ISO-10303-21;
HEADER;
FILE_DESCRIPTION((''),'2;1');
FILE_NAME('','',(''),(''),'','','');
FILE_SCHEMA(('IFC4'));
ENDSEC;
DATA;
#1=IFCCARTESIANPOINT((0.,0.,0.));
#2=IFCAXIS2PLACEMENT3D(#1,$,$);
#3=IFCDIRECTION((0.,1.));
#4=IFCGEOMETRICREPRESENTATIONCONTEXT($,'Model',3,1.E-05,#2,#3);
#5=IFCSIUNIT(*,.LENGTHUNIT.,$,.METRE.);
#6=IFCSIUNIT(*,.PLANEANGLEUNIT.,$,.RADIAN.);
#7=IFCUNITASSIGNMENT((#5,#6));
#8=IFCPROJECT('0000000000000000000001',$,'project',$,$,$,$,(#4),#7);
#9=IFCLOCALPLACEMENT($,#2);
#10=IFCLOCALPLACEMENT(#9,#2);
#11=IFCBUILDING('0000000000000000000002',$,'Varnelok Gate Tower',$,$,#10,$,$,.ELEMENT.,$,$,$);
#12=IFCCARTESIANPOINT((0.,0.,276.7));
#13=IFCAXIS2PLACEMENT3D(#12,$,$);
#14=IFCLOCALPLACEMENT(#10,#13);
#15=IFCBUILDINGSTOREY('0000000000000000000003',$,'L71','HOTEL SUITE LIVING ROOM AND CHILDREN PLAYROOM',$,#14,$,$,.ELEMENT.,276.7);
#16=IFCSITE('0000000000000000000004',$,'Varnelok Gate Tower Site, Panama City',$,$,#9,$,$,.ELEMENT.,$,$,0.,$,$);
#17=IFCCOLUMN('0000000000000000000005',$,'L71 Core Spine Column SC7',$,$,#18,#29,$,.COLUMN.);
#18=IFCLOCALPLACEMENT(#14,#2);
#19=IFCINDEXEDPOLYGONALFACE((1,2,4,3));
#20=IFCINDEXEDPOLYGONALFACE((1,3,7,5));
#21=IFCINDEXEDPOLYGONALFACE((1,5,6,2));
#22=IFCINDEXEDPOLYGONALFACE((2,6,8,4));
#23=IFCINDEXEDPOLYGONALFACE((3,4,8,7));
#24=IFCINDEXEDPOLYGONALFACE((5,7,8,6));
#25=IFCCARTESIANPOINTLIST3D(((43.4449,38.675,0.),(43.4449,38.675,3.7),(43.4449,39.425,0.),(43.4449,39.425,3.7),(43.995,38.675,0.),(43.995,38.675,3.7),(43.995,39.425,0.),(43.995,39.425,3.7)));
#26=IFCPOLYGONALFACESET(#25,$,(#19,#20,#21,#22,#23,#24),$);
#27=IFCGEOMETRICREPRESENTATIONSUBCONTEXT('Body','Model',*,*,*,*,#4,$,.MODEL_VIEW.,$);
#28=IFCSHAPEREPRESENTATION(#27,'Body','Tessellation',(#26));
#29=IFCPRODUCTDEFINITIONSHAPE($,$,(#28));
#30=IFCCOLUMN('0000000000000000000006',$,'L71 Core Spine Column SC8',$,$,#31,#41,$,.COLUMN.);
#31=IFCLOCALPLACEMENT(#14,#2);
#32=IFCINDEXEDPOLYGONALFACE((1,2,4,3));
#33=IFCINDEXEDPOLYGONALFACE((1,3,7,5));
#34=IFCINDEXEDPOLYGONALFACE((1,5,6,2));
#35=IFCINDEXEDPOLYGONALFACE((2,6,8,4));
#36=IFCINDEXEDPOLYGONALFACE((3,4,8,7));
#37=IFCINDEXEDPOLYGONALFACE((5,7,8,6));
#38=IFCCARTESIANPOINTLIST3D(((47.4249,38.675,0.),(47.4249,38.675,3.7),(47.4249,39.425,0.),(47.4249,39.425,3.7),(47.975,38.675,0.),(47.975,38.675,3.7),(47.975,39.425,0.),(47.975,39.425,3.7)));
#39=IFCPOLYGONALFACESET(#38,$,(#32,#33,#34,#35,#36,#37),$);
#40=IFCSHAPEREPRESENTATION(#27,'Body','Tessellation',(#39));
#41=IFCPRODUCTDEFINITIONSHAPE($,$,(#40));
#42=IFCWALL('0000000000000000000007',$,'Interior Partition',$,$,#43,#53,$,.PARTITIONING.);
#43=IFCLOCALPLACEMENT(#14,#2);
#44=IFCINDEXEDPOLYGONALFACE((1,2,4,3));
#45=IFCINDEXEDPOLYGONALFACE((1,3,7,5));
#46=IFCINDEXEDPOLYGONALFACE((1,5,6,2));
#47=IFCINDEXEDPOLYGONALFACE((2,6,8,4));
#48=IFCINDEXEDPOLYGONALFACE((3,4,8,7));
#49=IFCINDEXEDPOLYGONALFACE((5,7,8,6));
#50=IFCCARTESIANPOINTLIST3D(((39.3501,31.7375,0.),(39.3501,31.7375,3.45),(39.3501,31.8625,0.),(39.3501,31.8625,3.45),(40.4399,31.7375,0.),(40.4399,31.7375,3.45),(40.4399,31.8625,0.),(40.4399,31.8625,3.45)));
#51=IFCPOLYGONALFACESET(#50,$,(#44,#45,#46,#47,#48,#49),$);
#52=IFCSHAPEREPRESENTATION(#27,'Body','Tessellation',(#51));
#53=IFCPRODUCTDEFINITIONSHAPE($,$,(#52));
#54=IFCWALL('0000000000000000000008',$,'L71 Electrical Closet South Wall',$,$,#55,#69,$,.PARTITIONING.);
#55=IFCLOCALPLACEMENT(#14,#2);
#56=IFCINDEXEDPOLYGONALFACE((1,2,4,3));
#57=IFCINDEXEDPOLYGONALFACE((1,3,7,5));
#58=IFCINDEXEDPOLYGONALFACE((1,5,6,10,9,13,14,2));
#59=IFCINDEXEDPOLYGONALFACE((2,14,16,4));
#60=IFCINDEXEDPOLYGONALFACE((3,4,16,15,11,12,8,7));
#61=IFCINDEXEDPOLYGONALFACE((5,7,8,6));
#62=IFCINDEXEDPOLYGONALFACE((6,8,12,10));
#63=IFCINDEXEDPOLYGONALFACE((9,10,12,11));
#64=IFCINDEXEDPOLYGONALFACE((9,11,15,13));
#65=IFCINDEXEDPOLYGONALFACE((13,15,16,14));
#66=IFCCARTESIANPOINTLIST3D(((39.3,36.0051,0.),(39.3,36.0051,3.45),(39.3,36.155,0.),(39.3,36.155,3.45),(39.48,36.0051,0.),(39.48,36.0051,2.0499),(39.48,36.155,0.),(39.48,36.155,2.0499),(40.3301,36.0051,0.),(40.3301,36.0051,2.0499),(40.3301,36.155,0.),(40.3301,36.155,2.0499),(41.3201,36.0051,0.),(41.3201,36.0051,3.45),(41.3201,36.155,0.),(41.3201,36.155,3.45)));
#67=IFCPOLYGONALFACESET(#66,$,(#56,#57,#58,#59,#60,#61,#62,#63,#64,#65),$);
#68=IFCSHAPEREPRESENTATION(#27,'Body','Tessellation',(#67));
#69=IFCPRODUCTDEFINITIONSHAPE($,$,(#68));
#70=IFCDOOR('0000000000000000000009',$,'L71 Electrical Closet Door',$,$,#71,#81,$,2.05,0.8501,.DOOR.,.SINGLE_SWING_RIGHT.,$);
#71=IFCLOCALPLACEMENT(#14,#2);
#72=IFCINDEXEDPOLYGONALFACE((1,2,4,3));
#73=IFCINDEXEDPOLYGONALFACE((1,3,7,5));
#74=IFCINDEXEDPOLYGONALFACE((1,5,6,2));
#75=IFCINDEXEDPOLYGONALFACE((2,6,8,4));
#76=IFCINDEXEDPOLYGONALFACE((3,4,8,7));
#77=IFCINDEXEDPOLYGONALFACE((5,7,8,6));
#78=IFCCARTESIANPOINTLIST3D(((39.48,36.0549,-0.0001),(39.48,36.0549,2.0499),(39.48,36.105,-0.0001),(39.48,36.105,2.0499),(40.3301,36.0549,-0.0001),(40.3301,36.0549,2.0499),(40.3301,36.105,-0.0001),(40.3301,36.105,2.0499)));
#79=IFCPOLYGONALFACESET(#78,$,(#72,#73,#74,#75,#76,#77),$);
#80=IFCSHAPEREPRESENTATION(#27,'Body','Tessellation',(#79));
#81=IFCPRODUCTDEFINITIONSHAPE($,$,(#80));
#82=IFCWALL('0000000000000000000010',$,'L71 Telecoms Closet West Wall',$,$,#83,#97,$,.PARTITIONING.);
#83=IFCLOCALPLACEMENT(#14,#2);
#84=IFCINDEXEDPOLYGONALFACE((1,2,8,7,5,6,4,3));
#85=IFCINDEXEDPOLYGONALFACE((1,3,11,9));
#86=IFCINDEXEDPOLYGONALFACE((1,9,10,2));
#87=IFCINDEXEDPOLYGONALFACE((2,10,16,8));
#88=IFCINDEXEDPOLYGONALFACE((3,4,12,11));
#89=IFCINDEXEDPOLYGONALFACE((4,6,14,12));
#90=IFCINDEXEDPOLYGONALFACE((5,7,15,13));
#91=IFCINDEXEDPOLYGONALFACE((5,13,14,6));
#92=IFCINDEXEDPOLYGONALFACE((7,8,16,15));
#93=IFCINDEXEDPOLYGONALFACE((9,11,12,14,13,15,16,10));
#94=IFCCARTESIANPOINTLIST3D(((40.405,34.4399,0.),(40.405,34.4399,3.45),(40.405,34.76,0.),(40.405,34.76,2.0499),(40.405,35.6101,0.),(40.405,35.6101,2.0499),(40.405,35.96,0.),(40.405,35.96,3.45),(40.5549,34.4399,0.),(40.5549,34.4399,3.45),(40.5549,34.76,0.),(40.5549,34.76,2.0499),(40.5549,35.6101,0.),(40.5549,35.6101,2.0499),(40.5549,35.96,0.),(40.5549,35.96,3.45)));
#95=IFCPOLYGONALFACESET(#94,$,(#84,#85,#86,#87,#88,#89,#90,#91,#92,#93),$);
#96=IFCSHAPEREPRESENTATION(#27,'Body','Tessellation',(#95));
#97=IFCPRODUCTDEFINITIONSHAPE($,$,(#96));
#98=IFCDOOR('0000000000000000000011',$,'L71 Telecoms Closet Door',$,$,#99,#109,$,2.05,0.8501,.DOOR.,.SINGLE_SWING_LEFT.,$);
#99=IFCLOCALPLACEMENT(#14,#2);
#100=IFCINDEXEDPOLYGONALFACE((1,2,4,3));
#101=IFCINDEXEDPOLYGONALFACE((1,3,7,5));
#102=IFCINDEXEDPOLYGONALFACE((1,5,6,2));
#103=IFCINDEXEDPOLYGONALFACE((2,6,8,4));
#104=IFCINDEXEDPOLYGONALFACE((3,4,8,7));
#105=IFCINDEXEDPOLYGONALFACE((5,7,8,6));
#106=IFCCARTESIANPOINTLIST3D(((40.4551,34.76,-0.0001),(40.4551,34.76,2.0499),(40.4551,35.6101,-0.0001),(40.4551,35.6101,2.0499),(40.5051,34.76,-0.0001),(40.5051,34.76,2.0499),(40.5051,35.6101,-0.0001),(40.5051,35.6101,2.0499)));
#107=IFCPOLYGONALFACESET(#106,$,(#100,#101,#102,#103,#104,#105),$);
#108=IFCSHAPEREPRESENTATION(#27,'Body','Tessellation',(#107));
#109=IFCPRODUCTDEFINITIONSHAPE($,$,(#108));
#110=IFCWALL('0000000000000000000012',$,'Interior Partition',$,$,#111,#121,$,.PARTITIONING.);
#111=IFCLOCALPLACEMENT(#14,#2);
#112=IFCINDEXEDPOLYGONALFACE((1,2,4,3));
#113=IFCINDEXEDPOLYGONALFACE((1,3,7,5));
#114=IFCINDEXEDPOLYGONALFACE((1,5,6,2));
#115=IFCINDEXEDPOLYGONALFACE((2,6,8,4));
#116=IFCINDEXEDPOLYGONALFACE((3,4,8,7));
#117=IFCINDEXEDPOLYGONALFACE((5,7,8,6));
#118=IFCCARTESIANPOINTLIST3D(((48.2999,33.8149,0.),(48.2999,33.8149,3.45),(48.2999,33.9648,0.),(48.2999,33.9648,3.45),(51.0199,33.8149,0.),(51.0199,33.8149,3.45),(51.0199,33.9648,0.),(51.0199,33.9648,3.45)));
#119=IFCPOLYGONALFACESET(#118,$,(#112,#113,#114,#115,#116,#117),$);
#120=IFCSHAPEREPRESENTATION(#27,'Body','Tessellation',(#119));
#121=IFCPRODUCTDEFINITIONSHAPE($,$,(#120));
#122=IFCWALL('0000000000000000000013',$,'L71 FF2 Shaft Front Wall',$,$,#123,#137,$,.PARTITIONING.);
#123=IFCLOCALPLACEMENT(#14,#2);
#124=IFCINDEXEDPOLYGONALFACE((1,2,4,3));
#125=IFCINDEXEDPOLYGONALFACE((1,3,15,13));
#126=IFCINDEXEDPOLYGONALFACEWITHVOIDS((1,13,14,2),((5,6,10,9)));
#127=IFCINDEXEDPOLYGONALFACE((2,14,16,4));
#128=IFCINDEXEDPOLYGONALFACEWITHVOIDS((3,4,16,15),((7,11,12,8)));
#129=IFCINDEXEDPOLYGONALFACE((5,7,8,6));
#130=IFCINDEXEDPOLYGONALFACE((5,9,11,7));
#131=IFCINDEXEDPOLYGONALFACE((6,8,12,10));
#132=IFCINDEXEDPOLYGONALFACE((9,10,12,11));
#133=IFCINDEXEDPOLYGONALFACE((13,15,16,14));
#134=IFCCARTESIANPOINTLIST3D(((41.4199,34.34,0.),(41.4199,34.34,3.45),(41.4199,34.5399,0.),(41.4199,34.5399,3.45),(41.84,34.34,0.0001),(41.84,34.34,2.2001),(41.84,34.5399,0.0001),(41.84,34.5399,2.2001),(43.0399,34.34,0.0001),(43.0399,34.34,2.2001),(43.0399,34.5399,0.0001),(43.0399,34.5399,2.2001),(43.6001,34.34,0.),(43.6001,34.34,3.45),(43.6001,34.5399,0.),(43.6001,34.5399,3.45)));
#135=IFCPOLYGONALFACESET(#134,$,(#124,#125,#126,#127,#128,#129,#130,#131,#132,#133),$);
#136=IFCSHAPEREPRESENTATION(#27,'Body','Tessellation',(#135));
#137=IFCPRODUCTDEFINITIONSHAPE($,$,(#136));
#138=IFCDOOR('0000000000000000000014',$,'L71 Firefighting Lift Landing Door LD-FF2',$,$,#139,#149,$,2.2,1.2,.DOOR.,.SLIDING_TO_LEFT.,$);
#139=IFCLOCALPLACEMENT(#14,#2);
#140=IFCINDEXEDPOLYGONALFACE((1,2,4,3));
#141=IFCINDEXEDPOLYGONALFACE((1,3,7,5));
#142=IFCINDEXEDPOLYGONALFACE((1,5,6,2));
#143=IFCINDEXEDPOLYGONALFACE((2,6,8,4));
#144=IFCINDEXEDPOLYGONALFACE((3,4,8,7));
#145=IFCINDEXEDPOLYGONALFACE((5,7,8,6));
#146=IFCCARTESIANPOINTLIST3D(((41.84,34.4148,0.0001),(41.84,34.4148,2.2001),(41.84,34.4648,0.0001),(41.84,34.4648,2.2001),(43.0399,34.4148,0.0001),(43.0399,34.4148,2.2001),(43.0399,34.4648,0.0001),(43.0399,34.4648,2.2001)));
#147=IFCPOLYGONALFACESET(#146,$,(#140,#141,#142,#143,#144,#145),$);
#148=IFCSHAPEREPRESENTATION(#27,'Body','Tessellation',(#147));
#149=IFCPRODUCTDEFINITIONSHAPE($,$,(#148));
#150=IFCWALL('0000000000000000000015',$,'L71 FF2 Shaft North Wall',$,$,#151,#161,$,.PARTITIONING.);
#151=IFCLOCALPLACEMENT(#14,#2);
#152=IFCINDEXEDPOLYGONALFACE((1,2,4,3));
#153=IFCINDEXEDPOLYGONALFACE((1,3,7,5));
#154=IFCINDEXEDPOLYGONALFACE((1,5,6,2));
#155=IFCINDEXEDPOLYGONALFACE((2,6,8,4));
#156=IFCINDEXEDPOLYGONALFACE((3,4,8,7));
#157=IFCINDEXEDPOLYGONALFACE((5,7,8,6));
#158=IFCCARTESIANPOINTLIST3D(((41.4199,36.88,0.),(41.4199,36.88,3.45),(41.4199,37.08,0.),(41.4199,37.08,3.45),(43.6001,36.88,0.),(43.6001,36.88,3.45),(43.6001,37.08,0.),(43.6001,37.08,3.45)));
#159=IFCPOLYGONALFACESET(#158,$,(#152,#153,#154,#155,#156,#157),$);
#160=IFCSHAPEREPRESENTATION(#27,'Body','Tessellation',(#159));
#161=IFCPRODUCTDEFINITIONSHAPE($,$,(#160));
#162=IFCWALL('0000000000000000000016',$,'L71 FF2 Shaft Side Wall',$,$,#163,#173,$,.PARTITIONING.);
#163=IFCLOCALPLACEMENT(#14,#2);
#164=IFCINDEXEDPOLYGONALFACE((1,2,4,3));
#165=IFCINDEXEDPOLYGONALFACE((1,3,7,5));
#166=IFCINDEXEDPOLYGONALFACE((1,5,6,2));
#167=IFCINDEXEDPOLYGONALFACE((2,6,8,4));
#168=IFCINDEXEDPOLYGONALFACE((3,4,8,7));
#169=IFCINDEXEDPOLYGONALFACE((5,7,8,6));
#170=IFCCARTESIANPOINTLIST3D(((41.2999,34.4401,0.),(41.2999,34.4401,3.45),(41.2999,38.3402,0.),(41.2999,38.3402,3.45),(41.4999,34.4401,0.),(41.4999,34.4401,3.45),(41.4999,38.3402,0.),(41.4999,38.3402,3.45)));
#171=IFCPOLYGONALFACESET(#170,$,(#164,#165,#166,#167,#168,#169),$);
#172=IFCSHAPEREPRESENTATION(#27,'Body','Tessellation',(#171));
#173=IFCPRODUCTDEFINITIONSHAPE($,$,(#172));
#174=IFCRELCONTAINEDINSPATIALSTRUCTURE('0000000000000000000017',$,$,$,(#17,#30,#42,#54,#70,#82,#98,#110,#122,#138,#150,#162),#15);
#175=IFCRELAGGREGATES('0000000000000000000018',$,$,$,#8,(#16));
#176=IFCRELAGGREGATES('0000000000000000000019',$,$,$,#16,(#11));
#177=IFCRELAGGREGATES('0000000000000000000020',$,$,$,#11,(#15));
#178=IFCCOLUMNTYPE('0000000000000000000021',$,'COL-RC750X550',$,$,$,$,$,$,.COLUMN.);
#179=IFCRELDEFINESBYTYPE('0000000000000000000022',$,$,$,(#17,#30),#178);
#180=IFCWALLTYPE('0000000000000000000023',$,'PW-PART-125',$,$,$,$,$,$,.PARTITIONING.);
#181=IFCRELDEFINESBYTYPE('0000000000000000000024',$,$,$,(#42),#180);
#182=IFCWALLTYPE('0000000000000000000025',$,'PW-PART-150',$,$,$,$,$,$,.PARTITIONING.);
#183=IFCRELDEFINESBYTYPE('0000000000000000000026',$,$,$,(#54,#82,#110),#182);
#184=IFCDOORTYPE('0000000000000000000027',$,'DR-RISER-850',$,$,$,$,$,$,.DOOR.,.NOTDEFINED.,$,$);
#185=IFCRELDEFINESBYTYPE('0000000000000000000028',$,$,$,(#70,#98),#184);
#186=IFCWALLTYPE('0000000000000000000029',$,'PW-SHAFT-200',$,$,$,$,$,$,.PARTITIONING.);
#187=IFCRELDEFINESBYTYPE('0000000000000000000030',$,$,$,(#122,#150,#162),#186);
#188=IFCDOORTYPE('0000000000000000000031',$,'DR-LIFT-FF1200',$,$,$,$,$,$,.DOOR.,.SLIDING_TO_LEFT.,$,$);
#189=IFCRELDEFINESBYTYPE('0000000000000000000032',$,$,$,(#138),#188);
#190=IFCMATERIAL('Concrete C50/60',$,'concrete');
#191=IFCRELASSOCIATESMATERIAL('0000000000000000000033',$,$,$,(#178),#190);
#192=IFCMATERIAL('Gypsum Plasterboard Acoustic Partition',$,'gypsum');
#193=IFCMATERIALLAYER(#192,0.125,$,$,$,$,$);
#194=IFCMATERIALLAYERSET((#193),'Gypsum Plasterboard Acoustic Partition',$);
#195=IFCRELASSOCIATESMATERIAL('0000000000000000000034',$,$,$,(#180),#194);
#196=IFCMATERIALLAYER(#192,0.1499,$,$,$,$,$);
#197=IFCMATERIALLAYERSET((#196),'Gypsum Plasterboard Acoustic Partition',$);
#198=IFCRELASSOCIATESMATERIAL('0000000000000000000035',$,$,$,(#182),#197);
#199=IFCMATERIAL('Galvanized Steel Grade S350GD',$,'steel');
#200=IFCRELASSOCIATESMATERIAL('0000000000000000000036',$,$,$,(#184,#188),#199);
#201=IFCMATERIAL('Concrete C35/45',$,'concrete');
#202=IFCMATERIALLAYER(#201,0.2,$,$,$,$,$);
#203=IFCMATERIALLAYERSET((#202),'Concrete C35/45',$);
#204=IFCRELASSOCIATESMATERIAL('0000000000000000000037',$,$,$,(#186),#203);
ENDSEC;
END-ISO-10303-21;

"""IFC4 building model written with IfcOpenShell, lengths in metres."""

from ifc_helpers import new_model, si_unit, direction, frame, frame_2d, origin, origin_2d, place, context, subcontext, project, spatial, rectangle, extrude, material, layer, layer_set, material_profile, profile_set, type_object, element, fill, save


model = new_model("IFC4")

# Units and contexts
model_context = context("Model", 3, precision=1e-05, world=origin(), true_north=direction((0.0, 1.0)))
body_context = subcontext(model_context, "Body", "Model", "MODEL_VIEW")
ifc_project = project(units=[si_unit("LENGTHUNIT", "METRE"), si_unit("PLANEANGLEUNIT", "RADIAN")], contexts=[model_context])

# Site, building, storey
site_placement = place(None, origin())
site = spatial("IfcSite", under=ifc_project, at=site_placement, Name="Varnelok Gate Tower Site, Panama City", CompositionType="ELEMENT", RefElevation=0.0)
building_placement = place(site_placement, origin())
building = spatial("IfcBuilding", under=site, at=building_placement, Name="Varnelok Gate Tower", CompositionType="ELEMENT")
storey_placement = place(building_placement, frame((0.0, 0.0, 276.7)))
storey = spatial("IfcBuildingStorey", under=building, at=storey_placement, Name="L71", Description="HOTEL SUITE LIVING ROOM AND CHILDREN PLAYROOM", CompositionType="ELEMENT", Elevation=276.7)

# Columns
ifc_material_1 = material(Name="Concrete C50/60", Category="concrete")
ifc_material_profile = material_profile(ifc_material_1, rectangle(XDim=0.55, YDim=0.75, at=origin_2d()), Name="RC750X550")
ifc_profile_set = profile_set([ifc_material_profile], Name="Concrete C50/60")
column_type = type_object("IfcColumnType", Name="COL-RC750X550", PredefinedType="COLUMN", material=ifc_profile_set)
for number, where, z_axis, x_axis, name in (
    (1, (43.72, 39.05, 0.0), (0.0, 0.0, 1.0), (1.0, 0.0, 0.0), "L71 Core Spine Column SC7"),
    (2, (47.7, 39.05, 0.0), (0.0, 0.0, 1.0), (1.0, 0.0, 0.0), "L71 Core Spine Column SC8"),
):
    element("IfcColumn", number, at=place(storey_placement, frame(where, z_axis=z_axis, x_axis=x_axis)), inside=storey, type_object=column_type, Name=name, PredefinedType="COLUMN", context=body_context, shape_type="SweptSolid", body=[
        extrude(rectangle(XDim=0.55, YDim=0.75, at=origin_2d()), origin(), (0.0, 0.0, 1.0), 3.7),
    ])

# Wall
ifc_material_2 = material(Name="Gypsum Plasterboard Acoustic Partition", Category="gypsum")
ifc_layer_1 = layer(ifc_material_2, 0.125)
ifc_layer_set_1 = layer_set([ifc_layer_1], Name="Gypsum Plasterboard Acoustic Partition")
wall_type_1 = type_object("IfcWallType", Name="PW-PART-125", PredefinedType="PARTITIONING", material=ifc_layer_set_1)
wall_1_placement = place(storey_placement, frame((39.3501, 31.8, 0.0), z_axis=(0.0, 0.0, 1.0), x_axis=(1.0, 0.0, 0.0)))
element("IfcWall", 3, at=wall_1_placement, inside=storey, type_object=wall_type_1, Name="Interior Partition", PredefinedType="PARTITIONING", context=body_context, shape_type="SweptSolid", body=[
    extrude(rectangle(XDim=1.0898, YDim=0.125, at=frame_2d((0.5449, 0.0))), origin(), (0.0, 0.0, 1.0), 3.45),
])

# Walls, openings, doors
ifc_layer_2 = layer(ifc_material_2, 0.1499)
ifc_layer_set_2 = layer_set([ifc_layer_2], Name="Gypsum Plasterboard Acoustic Partition")
wall_type_2 = type_object("IfcWallType", Name="PW-PART-150", PredefinedType="PARTITIONING", material=ifc_layer_set_2)
wall_2_placement = place(storey_placement, frame((39.3, 36.0801, 0.0), z_axis=(0.0, 0.0, 1.0), x_axis=(1.0, 0.0, 0.0)))
wall_2 = element("IfcWall", 4, at=wall_2_placement, inside=storey, type_object=wall_type_2, Name="L71 Electrical Closet South Wall", PredefinedType="PARTITIONING", context=body_context, shape_type="SweptSolid", body=[
    extrude(rectangle(XDim=2.02, YDim=0.1499, at=frame_2d((1.01, 0.0))), origin(), (0.0, 0.0, 1.0), 3.45),
])
opening_1_placement = place(wall_2_placement, frame((0.1799, 0.0, 0.0)))
opening_1 = element("IfcOpeningElement", 5, at=opening_1_placement, cuts=wall_2, PredefinedType="OPENING", context=body_context, shape_type="SweptSolid", body=[
    extrude(rectangle(XDim=0.8501, YDim=2.05, at=frame_2d((0.425, 1.0249))), frame((0.0, 0.085, 0.0), z_axis=(0.0, -1.0, 0.0), x_axis=(1.0, 0.0, 0.0)), (0.0, 0.0, 1.0), 0.1699),
])
ifc_material_3 = material(Name="Galvanized Steel Grade S350GD", Category="steel")
door_type_1 = type_object("IfcDoorType", Name="DR-RISER-850", OperationType="NOTDEFINED", PredefinedType="DOOR", material=ifc_material_3)
door_1_placement = place(opening_1_placement, origin())
door_1 = element("IfcDoor", 6, at=door_1_placement, inside=storey, type_object=door_type_1, Name="L71 Electrical Closet Door", OperationType="SINGLE_SWING_RIGHT", OverallHeight=2.05, OverallWidth=0.8501, PredefinedType="DOOR", context=body_context, shape_type="SweptSolid", body=[
    extrude(rectangle(XDim=0.8501, YDim=2.05, at=frame_2d((0.425, 1.0249))), frame((0.0, 0.0249, 0.0), z_axis=(0.0, -1.0, 0.0), x_axis=(1.0, 0.0, 0.0)), (0.0, 0.0, 1.0), 0.05),
])
fill(opening_1, door_1)
wall_3_placement = place(storey_placement, frame((40.48, 34.4399, 0.0), z_axis=(0.0, 0.0, 1.0), x_axis=(0.0, 1.0, 0.0)))
wall_3 = element("IfcWall", 7, at=wall_3_placement, inside=storey, type_object=wall_type_2, Name="L71 Telecoms Closet West Wall", PredefinedType="PARTITIONING", context=body_context, shape_type="SweptSolid", body=[
    extrude(rectangle(XDim=1.52, YDim=0.1499, at=frame_2d((0.76, 0.0))), origin(), (0.0, 0.0, 1.0), 3.45),
])
opening_2_placement = place(wall_3_placement, frame((0.3201, 0.0, 0.0)))
opening_2 = element("IfcOpeningElement", 8, at=opening_2_placement, cuts=wall_3, PredefinedType="OPENING", context=body_context, shape_type="SweptSolid", body=[
    extrude(rectangle(XDim=0.8501, YDim=2.05, at=frame_2d((0.425, 1.0249))), frame((0.0, 0.085, 0.0), z_axis=(0.0, -1.0, 0.0), x_axis=(1.0, 0.0, 0.0)), (0.0, 0.0, 1.0), 0.1699),
])
door_2_placement = place(opening_2_placement, origin())
door_2 = element("IfcDoor", 9, at=door_2_placement, inside=storey, type_object=door_type_1, Name="L71 Telecoms Closet Door", OperationType="SINGLE_SWING_LEFT", OverallHeight=2.05, OverallWidth=0.8501, PredefinedType="DOOR", context=body_context, shape_type="SweptSolid", body=[
    extrude(rectangle(XDim=0.8501, YDim=2.05, at=frame_2d((0.425, 1.0249))), frame((0.0, 0.0249, 0.0), z_axis=(0.0, -1.0, 0.0), x_axis=(1.0, 0.0, 0.0)), (0.0, 0.0, 1.0), 0.05),
])
fill(opening_2, door_2)

# Wall
wall_4_placement = place(storey_placement, frame((48.3, 33.8899, 0.0), z_axis=(0.0, 0.0, 1.0), x_axis=(1.0, 0.0, 0.0)))
element("IfcWall", 10, at=wall_4_placement, inside=storey, type_object=wall_type_2, Name="Interior Partition", PredefinedType="PARTITIONING", context=body_context, shape_type="SweptSolid", body=[
    extrude(rectangle(XDim=2.72, YDim=0.1499, at=frame_2d((1.3599, 0.0))), origin(), (0.0, 0.0, 1.0), 3.45),
])

# Wall, opening, door
ifc_material_4 = material(Name="Concrete C35/45", Category="concrete")
ifc_layer_3 = layer(ifc_material_4, 0.2)
ifc_layer_set_3 = layer_set([ifc_layer_3], Name="Concrete C35/45")
wall_type_3 = type_object("IfcWallType", Name="PW-SHAFT-200", PredefinedType="PARTITIONING", material=ifc_layer_set_3)
wall_5_placement = place(storey_placement, frame((41.4199, 34.4399, 0.0), z_axis=(0.0, 0.0, 1.0), x_axis=(1.0, 0.0, 0.0)))
wall_5 = element("IfcWall", 11, at=wall_5_placement, inside=storey, type_object=wall_type_3, Name="L71 FF2 Shaft Front Wall", PredefinedType="PARTITIONING", context=body_context, shape_type="SweptSolid", body=[
    extrude(rectangle(XDim=2.1802, YDim=0.2, at=frame_2d((1.0901, 0.0))), origin(), (0.0, 0.0, 1.0), 3.45),
])
opening_3_placement = place(wall_5_placement, frame((0.4199, 0.0, 0.0)))
opening_3 = element("IfcOpeningElement", 12, at=opening_3_placement, cuts=wall_5, PredefinedType="OPENING", context=body_context, shape_type="SweptSolid", body=[
    extrude(rectangle(XDim=1.2, YDim=2.2, at=frame_2d((0.6001, 1.1001))), frame((0.0, 0.1099, 0.0), z_axis=(0.0, -1.0, 0.0), x_axis=(1.0, 0.0, 0.0)), (0.0, 0.0, 1.0), 0.22),
])
door_type_2 = type_object("IfcDoorType", Name="DR-LIFT-FF1200", OperationType="SLIDING_TO_LEFT", PredefinedType="DOOR", material=ifc_material_3)
door_3_placement = place(opening_3_placement, origin())
door_3 = element("IfcDoor", 13, at=door_3_placement, inside=storey, type_object=door_type_2, Name="L71 Firefighting Lift Landing Door LD-FF2", OperationType="SLIDING_TO_LEFT", OverallHeight=2.2, OverallWidth=1.2, PredefinedType="DOOR", context=body_context, shape_type="SweptSolid", body=[
    extrude(rectangle(XDim=1.2, YDim=2.2, at=frame_2d((0.6001, 1.1001))), frame((0.0, 0.0249, 0.0), z_axis=(0.0, -1.0, 0.0), x_axis=(1.0, 0.0, 0.0)), (0.0, 0.0, 1.0), 0.05),
])
fill(opening_3, door_3)

# Walls
wall_6_placement = place(storey_placement, frame((41.4199, 36.98, 0.0), z_axis=(0.0, 0.0, 1.0), x_axis=(1.0, 0.0, 0.0)))
element("IfcWall", 14, at=wall_6_placement, inside=storey, type_object=wall_type_3, Name="L71 FF2 Shaft North Wall", PredefinedType="PARTITIONING", context=body_context, shape_type="SweptSolid", body=[
    extrude(rectangle(XDim=2.1802, YDim=0.2, at=frame_2d((1.0901, 0.0))), origin(), (0.0, 0.0, 1.0), 3.45),
])
wall_7_placement = place(storey_placement, frame((41.3999, 34.4399, 0.0), z_axis=(0.0, 0.0, 1.0), x_axis=(0.0, 1.0, 0.0)))
element("IfcWall", 15, at=wall_7_placement, inside=storey, type_object=wall_type_3, Name="L71 FF2 Shaft Side Wall", PredefinedType="PARTITIONING", context=body_context, shape_type="SweptSolid", body=[
    extrude(rectangle(XDim=3.9001, YDim=0.2, at=frame_2d((1.9502, 0.0))), origin(), (0.0, 0.0, 1.0), 3.45),
])

save(model, "model.ifc")
